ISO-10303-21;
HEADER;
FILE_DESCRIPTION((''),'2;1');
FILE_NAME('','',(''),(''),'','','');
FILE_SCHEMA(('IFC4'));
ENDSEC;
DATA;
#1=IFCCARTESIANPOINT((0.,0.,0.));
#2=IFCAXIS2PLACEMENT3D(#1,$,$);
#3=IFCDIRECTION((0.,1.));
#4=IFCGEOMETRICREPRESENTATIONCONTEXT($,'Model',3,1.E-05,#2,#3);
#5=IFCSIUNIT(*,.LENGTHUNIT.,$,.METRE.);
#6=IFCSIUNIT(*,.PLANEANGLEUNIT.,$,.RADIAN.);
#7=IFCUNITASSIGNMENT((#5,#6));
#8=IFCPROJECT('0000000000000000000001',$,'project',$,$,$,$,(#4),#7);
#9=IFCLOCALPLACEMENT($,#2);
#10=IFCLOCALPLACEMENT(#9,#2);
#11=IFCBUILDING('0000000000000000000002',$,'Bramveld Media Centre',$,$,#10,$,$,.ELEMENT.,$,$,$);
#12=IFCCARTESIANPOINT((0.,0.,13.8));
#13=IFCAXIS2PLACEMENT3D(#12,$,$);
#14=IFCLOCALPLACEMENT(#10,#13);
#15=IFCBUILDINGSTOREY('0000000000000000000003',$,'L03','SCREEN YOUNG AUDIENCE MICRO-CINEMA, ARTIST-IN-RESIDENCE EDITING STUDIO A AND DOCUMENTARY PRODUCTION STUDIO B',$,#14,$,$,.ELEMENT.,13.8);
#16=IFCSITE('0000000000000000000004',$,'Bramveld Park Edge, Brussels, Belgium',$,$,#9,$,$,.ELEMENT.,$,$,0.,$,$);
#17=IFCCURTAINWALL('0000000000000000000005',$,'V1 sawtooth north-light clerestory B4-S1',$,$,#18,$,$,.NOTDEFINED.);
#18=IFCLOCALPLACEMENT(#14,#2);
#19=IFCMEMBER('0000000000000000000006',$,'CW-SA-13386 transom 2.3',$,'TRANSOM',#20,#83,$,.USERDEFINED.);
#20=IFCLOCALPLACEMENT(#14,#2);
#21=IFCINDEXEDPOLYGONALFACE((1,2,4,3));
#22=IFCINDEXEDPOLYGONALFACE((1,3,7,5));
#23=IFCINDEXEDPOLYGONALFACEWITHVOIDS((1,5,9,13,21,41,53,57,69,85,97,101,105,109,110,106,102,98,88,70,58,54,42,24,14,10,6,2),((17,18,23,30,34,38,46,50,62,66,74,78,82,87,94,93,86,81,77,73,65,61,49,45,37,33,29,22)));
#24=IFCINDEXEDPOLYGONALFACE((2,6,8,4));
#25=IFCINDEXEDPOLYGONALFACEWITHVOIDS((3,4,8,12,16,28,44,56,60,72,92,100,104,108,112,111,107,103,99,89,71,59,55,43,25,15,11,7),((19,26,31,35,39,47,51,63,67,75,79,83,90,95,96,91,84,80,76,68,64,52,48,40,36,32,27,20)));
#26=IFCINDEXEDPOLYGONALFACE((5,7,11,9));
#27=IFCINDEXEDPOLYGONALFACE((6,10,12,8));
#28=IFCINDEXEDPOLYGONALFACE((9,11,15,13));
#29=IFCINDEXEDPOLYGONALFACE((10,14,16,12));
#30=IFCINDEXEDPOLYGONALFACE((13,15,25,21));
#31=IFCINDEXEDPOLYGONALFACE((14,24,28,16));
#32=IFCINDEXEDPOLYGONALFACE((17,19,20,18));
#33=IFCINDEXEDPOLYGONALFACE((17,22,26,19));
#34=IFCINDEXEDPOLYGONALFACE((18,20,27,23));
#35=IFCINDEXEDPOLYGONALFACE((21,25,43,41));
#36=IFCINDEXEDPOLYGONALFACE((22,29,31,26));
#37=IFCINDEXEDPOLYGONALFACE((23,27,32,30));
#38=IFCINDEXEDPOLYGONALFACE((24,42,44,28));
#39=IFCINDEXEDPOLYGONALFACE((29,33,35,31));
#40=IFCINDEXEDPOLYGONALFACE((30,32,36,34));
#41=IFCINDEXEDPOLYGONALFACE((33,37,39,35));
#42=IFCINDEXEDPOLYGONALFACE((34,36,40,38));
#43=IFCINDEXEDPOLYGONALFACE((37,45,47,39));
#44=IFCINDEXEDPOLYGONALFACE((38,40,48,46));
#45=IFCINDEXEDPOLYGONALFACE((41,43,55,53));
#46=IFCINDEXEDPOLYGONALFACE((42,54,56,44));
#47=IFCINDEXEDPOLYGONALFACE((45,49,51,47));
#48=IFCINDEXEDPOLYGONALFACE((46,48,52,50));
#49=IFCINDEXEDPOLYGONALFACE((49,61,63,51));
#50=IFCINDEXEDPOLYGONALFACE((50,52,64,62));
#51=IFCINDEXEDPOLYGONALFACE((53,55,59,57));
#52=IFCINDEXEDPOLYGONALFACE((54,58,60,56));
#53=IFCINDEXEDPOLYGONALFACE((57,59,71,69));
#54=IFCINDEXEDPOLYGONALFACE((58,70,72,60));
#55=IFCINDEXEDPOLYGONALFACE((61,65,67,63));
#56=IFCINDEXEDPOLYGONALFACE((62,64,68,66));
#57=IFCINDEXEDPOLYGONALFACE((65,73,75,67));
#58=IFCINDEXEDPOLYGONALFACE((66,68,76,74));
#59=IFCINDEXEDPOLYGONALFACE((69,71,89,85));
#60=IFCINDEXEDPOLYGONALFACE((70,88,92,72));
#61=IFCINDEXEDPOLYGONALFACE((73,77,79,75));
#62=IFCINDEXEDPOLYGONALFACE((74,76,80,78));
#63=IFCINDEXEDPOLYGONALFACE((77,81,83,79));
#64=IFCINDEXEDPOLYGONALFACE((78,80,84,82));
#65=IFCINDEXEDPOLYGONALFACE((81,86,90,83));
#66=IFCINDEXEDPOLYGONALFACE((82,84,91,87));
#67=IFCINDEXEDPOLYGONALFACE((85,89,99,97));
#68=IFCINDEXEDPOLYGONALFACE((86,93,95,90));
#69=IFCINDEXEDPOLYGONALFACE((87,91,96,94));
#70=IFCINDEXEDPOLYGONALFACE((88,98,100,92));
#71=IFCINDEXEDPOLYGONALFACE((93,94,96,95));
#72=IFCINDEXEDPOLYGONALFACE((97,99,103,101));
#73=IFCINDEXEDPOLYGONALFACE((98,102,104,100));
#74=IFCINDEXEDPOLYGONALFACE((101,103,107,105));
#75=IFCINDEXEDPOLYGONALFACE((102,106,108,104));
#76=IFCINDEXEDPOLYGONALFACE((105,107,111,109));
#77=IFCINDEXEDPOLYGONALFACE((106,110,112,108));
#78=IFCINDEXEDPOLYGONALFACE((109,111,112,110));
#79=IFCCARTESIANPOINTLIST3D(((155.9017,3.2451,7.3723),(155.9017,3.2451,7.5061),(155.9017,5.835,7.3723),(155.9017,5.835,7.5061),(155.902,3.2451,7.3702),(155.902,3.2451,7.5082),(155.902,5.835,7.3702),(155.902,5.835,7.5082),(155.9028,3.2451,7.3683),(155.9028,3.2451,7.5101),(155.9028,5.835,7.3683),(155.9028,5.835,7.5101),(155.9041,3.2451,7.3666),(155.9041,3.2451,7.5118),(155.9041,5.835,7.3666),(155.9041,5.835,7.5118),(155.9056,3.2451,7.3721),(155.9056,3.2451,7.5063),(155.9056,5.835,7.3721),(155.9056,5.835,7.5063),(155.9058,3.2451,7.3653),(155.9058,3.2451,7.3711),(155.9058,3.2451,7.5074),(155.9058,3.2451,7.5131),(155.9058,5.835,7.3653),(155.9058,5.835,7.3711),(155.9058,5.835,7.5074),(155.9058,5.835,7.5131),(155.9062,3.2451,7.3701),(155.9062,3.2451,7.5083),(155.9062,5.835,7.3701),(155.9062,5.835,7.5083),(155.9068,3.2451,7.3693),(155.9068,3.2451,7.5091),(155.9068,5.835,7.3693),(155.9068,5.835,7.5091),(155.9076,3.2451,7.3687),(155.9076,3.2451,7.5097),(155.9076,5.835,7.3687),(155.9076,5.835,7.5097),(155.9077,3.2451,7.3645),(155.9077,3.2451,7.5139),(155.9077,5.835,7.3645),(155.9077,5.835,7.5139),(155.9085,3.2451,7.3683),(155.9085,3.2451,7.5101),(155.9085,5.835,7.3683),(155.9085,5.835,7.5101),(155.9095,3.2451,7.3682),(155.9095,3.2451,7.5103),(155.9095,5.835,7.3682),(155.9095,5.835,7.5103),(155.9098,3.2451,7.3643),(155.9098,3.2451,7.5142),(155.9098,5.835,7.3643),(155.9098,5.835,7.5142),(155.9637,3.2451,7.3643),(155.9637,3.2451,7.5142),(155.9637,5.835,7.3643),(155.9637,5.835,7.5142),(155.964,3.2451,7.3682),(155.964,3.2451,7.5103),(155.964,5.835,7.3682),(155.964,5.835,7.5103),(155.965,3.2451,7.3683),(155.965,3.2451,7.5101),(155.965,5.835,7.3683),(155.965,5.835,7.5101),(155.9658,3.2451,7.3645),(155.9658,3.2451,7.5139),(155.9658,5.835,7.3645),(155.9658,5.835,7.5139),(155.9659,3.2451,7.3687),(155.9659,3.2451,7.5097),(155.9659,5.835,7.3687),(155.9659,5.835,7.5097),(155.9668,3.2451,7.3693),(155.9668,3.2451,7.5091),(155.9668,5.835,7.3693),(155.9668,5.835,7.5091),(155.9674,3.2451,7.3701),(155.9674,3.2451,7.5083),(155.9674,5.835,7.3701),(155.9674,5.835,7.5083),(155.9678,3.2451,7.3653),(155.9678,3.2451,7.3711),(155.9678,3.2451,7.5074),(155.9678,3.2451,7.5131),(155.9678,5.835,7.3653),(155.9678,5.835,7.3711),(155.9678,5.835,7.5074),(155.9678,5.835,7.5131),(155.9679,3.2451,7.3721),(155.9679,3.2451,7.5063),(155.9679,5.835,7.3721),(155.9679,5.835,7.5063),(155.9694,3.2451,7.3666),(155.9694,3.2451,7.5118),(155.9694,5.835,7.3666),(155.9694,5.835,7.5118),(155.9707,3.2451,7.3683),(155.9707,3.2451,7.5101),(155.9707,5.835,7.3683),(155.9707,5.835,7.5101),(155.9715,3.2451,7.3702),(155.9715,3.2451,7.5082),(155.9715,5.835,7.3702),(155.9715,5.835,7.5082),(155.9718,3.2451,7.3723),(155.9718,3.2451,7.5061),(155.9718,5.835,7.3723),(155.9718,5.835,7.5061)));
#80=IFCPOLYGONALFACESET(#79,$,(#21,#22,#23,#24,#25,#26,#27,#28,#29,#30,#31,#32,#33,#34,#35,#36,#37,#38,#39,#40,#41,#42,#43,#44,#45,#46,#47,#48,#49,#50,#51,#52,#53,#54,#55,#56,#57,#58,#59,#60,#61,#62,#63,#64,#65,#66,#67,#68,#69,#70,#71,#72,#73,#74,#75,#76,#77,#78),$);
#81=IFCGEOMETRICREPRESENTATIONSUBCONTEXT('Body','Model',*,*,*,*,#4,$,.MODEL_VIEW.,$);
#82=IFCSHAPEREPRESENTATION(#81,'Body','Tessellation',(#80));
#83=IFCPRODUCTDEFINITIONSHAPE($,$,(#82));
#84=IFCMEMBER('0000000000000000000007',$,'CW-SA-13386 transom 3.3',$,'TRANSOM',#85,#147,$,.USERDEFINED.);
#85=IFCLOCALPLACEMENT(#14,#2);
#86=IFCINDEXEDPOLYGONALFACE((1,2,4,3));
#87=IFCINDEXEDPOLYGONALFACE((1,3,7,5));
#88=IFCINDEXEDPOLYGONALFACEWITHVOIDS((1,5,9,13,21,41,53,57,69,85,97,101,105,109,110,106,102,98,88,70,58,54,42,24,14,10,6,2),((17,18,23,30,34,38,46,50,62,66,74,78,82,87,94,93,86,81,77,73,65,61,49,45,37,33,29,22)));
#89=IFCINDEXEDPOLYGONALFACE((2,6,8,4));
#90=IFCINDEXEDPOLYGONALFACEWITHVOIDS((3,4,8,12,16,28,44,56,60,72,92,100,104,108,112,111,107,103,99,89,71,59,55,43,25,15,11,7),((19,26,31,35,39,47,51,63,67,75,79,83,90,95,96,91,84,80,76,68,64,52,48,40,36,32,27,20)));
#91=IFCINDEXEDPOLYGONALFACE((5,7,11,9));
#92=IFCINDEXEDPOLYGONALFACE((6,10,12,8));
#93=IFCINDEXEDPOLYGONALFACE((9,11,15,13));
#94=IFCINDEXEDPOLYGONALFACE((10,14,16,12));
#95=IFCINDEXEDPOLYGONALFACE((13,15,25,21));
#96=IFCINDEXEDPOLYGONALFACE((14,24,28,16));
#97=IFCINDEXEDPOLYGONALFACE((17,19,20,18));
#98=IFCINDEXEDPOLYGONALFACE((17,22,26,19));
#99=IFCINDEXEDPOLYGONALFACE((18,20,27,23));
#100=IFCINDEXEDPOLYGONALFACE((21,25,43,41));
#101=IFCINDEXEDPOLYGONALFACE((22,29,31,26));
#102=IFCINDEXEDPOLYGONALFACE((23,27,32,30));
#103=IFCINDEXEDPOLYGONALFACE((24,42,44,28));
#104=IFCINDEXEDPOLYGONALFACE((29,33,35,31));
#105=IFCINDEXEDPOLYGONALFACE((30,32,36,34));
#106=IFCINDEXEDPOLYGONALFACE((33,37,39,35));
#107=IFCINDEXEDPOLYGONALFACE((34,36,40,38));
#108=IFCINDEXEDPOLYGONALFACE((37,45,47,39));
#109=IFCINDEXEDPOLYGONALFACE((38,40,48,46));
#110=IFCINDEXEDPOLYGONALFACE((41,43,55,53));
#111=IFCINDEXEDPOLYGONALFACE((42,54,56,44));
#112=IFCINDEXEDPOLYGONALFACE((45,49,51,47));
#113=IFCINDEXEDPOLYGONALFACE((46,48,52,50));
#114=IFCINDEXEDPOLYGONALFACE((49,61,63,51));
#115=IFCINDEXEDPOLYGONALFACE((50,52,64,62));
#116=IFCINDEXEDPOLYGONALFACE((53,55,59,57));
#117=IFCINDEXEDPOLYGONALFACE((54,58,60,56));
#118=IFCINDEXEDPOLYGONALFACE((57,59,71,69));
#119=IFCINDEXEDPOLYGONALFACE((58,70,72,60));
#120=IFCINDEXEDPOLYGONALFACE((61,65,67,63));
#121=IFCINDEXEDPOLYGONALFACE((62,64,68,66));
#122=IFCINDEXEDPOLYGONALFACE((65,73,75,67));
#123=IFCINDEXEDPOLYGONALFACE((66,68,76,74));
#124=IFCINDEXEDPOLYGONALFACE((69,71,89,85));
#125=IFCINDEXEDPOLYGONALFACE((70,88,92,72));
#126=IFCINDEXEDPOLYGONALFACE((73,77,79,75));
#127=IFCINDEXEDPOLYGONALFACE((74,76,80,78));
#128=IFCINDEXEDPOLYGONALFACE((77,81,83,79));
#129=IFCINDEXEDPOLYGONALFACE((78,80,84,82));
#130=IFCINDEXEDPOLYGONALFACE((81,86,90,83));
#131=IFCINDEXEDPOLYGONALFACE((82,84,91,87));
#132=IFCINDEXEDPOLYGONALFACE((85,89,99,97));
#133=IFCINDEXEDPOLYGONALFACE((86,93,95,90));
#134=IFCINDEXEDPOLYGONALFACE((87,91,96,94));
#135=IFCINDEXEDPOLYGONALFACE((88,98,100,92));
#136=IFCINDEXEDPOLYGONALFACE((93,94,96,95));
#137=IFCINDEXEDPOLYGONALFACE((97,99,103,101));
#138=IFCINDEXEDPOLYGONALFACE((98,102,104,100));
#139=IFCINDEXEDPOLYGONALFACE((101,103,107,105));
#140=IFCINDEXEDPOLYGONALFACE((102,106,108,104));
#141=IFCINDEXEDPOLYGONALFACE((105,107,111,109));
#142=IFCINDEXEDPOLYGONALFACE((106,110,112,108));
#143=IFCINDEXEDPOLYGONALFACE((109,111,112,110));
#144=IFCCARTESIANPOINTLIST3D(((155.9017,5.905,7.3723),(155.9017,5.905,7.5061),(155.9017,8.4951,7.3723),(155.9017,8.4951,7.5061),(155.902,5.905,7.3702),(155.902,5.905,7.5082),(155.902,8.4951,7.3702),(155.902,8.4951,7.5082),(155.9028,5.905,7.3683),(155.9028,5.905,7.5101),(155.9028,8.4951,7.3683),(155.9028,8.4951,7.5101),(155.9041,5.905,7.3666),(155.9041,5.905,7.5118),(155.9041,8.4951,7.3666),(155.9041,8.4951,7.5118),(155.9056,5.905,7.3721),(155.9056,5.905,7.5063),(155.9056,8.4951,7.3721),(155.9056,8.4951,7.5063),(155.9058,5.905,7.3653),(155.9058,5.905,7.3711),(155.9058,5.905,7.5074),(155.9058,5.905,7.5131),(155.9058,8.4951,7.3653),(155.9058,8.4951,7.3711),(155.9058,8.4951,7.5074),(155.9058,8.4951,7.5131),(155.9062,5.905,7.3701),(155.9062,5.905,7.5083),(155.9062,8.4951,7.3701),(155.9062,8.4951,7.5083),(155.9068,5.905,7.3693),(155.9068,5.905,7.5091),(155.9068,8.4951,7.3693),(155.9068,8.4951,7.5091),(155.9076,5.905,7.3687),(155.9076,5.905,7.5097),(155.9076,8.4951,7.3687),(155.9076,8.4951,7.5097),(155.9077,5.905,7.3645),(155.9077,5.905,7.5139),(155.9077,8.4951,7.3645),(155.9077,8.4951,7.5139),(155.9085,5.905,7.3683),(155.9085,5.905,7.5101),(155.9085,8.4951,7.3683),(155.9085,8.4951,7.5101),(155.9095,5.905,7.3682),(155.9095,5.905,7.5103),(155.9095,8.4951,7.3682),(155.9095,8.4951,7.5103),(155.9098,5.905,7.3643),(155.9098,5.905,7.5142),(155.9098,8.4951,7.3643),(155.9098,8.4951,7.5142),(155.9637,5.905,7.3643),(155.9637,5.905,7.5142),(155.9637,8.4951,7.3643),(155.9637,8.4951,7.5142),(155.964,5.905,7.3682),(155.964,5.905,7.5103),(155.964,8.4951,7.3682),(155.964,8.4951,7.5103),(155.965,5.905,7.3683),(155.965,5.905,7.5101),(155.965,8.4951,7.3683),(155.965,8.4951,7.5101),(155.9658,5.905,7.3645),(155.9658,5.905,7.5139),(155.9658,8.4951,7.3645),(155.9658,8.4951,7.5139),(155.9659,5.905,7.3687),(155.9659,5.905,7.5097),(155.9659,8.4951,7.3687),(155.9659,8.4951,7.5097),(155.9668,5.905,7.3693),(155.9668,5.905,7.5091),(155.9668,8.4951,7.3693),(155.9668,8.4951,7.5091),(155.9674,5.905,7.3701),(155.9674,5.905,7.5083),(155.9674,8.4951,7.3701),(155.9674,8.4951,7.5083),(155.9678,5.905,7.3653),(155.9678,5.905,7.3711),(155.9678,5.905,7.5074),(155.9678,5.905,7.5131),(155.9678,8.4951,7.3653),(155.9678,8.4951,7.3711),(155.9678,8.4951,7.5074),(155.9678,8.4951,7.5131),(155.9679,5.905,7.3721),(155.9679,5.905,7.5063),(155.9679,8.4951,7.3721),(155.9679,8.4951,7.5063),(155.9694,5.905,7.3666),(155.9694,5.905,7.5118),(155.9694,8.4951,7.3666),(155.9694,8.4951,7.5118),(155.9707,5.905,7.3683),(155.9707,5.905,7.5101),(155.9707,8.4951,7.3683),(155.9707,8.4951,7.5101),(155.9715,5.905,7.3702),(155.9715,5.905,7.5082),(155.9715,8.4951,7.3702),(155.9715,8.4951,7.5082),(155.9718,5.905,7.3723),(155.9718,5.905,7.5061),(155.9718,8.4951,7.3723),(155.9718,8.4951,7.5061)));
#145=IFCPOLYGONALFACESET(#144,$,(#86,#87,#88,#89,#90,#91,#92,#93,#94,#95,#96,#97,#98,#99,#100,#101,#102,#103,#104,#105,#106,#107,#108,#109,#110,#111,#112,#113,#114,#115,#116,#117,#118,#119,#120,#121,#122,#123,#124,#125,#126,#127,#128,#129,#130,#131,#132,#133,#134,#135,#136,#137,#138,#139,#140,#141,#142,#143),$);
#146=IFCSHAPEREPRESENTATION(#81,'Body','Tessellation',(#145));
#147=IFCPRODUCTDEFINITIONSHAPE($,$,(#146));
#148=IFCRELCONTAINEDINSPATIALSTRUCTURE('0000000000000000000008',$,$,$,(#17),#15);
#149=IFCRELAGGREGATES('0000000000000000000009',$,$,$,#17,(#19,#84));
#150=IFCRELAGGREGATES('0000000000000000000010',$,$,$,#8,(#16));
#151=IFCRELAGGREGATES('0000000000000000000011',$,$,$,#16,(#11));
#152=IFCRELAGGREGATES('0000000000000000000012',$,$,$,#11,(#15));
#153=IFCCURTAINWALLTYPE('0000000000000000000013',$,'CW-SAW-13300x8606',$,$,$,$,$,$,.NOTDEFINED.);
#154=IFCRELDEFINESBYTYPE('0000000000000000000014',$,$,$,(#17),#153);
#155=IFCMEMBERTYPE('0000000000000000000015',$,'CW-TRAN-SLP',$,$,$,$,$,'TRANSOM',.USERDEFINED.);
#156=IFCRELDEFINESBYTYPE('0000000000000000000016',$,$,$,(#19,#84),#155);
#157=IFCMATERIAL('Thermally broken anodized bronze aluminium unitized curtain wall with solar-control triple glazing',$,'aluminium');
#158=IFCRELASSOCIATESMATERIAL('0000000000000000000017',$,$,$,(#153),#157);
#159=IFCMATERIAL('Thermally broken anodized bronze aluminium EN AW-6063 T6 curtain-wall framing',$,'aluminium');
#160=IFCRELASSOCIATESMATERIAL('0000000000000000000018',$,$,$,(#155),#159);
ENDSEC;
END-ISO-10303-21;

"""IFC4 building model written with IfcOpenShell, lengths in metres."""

from ifc_helpers import new_model, si_unit, direction, frame, origin, origin_2d, place, context, subcontext, project, spatial, hollow_rectangle, extrude, material, material_profile, profile_set, type_object, element, aggregate, save


model = new_model("IFC4")

# Units and contexts
model_context = context("Model", 3, precision=1e-05, world=origin(), true_north=direction((0.0, 1.0)))
body_context = subcontext(model_context, "Body", "Model", "MODEL_VIEW")
ifc_project = project(units=[si_unit("LENGTHUNIT", "METRE"), si_unit("PLANEANGLEUNIT", "RADIAN")], contexts=[model_context])

# Site, building, storey
site_placement = place(None, origin())
site = spatial("IfcSite", under=ifc_project, at=site_placement, Name="Bramveld Park Edge, Brussels, Belgium", CompositionType="ELEMENT", RefElevation=0.0)
building_placement = place(site_placement, origin())
building = spatial("IfcBuilding", under=site, at=building_placement, Name="Bramveld Media Centre", CompositionType="ELEMENT")
storey_placement = place(building_placement, frame((0.0, 0.0, 13.8)))
storey = spatial("IfcBuildingStorey", under=building, at=storey_placement, Name="L03", Description="SCREEN YOUNG AUDIENCE MICRO-CINEMA, ARTIST-IN-RESIDENCE EDITING STUDIO A AND DOCUMENTARY PRODUCTION STUDIO B", CompositionType="ELEMENT", Elevation=13.8)

# Curtain wall, members
ifc_material_1 = material(Name="Thermally broken anodized bronze aluminium unitized curtain wall with solar-control triple glazing", Category="aluminium")
curtain_wall_type = type_object("IfcCurtainWallType", Name="CW-SAW-13300x8606", PredefinedType="NOTDEFINED", material=ifc_material_1)
curtain_wall_1_placement = place(storey_placement, origin())
curtain_wall_1 = element("IfcCurtainWall", 1, at=curtain_wall_1_placement, inside=storey, type_object=curtain_wall_type, Name="V1 sawtooth north-light clerestory B4-S1", PredefinedType="NOTDEFINED")
ifc_material_2 = material(Name="Thermally broken anodized bronze aluminium EN AW-6063 T6 curtain-wall framing", Category="aluminium")
ifc_material_profile_1 = material_profile(ifc_material_2, hollow_rectangle(XDim=0.0701, YDim=0.1499, WallThickness=0.0039, InnerFilletRadius=0.0039, OuterFilletRadius=0.0081, at=origin_2d()), Name="AL-TRAN 70x150")
ifc_profile_set_1 = profile_set([ifc_material_profile_1], Name="Thermally broken anodized bronze aluminium EN AW-6063 T6 curtain-wall framing")
member_type_1 = type_object("IfcMemberType", Name="CW-TRAN-SLP", ElementType="TRANSOM", PredefinedType="USERDEFINED", material=ifc_profile_set_1)
member_1_placement = place(storey_placement, frame((155.9368, 3.2451, 7.4392), z_axis=(0.0, 1.0, 0.0), x_axis=(-1.0, 0.0, 0.0)))
member_1 = element("IfcMember", 2, at=member_1_placement, type_object=member_type_1, Name="CW-SA-13386 transom 2.3", ObjectType="TRANSOM", PredefinedType="USERDEFINED", context=body_context, shape_type="SweptSolid", body=[
    extrude(hollow_rectangle(XDim=0.0701, YDim=0.1499, WallThickness=0.0039, InnerFilletRadius=0.0039, OuterFilletRadius=0.0081, at=origin_2d()), origin(), (0.0, 0.0, 1.0), 2.5898),
])
member_2_placement = place(storey_placement, frame((155.9368, 5.905, 7.4392), z_axis=(0.0, 1.0, 0.0), x_axis=(-1.0, 0.0, 0.0)))
member_2 = element("IfcMember", 3, at=member_2_placement, type_object=member_type_1, Name="CW-SA-13386 transom 3.3", ObjectType="TRANSOM", PredefinedType="USERDEFINED", context=body_context, shape_type="SweptSolid", body=[
    extrude(hollow_rectangle(XDim=0.0701, YDim=0.1499, WallThickness=0.0039, InnerFilletRadius=0.0039, OuterFilletRadius=0.0081, at=origin_2d()), origin(), (0.0, 0.0, 1.0), 2.5901),
])

aggregate(curtain_wall_1, [member_1, member_2])

save(model, "model.ifc")
